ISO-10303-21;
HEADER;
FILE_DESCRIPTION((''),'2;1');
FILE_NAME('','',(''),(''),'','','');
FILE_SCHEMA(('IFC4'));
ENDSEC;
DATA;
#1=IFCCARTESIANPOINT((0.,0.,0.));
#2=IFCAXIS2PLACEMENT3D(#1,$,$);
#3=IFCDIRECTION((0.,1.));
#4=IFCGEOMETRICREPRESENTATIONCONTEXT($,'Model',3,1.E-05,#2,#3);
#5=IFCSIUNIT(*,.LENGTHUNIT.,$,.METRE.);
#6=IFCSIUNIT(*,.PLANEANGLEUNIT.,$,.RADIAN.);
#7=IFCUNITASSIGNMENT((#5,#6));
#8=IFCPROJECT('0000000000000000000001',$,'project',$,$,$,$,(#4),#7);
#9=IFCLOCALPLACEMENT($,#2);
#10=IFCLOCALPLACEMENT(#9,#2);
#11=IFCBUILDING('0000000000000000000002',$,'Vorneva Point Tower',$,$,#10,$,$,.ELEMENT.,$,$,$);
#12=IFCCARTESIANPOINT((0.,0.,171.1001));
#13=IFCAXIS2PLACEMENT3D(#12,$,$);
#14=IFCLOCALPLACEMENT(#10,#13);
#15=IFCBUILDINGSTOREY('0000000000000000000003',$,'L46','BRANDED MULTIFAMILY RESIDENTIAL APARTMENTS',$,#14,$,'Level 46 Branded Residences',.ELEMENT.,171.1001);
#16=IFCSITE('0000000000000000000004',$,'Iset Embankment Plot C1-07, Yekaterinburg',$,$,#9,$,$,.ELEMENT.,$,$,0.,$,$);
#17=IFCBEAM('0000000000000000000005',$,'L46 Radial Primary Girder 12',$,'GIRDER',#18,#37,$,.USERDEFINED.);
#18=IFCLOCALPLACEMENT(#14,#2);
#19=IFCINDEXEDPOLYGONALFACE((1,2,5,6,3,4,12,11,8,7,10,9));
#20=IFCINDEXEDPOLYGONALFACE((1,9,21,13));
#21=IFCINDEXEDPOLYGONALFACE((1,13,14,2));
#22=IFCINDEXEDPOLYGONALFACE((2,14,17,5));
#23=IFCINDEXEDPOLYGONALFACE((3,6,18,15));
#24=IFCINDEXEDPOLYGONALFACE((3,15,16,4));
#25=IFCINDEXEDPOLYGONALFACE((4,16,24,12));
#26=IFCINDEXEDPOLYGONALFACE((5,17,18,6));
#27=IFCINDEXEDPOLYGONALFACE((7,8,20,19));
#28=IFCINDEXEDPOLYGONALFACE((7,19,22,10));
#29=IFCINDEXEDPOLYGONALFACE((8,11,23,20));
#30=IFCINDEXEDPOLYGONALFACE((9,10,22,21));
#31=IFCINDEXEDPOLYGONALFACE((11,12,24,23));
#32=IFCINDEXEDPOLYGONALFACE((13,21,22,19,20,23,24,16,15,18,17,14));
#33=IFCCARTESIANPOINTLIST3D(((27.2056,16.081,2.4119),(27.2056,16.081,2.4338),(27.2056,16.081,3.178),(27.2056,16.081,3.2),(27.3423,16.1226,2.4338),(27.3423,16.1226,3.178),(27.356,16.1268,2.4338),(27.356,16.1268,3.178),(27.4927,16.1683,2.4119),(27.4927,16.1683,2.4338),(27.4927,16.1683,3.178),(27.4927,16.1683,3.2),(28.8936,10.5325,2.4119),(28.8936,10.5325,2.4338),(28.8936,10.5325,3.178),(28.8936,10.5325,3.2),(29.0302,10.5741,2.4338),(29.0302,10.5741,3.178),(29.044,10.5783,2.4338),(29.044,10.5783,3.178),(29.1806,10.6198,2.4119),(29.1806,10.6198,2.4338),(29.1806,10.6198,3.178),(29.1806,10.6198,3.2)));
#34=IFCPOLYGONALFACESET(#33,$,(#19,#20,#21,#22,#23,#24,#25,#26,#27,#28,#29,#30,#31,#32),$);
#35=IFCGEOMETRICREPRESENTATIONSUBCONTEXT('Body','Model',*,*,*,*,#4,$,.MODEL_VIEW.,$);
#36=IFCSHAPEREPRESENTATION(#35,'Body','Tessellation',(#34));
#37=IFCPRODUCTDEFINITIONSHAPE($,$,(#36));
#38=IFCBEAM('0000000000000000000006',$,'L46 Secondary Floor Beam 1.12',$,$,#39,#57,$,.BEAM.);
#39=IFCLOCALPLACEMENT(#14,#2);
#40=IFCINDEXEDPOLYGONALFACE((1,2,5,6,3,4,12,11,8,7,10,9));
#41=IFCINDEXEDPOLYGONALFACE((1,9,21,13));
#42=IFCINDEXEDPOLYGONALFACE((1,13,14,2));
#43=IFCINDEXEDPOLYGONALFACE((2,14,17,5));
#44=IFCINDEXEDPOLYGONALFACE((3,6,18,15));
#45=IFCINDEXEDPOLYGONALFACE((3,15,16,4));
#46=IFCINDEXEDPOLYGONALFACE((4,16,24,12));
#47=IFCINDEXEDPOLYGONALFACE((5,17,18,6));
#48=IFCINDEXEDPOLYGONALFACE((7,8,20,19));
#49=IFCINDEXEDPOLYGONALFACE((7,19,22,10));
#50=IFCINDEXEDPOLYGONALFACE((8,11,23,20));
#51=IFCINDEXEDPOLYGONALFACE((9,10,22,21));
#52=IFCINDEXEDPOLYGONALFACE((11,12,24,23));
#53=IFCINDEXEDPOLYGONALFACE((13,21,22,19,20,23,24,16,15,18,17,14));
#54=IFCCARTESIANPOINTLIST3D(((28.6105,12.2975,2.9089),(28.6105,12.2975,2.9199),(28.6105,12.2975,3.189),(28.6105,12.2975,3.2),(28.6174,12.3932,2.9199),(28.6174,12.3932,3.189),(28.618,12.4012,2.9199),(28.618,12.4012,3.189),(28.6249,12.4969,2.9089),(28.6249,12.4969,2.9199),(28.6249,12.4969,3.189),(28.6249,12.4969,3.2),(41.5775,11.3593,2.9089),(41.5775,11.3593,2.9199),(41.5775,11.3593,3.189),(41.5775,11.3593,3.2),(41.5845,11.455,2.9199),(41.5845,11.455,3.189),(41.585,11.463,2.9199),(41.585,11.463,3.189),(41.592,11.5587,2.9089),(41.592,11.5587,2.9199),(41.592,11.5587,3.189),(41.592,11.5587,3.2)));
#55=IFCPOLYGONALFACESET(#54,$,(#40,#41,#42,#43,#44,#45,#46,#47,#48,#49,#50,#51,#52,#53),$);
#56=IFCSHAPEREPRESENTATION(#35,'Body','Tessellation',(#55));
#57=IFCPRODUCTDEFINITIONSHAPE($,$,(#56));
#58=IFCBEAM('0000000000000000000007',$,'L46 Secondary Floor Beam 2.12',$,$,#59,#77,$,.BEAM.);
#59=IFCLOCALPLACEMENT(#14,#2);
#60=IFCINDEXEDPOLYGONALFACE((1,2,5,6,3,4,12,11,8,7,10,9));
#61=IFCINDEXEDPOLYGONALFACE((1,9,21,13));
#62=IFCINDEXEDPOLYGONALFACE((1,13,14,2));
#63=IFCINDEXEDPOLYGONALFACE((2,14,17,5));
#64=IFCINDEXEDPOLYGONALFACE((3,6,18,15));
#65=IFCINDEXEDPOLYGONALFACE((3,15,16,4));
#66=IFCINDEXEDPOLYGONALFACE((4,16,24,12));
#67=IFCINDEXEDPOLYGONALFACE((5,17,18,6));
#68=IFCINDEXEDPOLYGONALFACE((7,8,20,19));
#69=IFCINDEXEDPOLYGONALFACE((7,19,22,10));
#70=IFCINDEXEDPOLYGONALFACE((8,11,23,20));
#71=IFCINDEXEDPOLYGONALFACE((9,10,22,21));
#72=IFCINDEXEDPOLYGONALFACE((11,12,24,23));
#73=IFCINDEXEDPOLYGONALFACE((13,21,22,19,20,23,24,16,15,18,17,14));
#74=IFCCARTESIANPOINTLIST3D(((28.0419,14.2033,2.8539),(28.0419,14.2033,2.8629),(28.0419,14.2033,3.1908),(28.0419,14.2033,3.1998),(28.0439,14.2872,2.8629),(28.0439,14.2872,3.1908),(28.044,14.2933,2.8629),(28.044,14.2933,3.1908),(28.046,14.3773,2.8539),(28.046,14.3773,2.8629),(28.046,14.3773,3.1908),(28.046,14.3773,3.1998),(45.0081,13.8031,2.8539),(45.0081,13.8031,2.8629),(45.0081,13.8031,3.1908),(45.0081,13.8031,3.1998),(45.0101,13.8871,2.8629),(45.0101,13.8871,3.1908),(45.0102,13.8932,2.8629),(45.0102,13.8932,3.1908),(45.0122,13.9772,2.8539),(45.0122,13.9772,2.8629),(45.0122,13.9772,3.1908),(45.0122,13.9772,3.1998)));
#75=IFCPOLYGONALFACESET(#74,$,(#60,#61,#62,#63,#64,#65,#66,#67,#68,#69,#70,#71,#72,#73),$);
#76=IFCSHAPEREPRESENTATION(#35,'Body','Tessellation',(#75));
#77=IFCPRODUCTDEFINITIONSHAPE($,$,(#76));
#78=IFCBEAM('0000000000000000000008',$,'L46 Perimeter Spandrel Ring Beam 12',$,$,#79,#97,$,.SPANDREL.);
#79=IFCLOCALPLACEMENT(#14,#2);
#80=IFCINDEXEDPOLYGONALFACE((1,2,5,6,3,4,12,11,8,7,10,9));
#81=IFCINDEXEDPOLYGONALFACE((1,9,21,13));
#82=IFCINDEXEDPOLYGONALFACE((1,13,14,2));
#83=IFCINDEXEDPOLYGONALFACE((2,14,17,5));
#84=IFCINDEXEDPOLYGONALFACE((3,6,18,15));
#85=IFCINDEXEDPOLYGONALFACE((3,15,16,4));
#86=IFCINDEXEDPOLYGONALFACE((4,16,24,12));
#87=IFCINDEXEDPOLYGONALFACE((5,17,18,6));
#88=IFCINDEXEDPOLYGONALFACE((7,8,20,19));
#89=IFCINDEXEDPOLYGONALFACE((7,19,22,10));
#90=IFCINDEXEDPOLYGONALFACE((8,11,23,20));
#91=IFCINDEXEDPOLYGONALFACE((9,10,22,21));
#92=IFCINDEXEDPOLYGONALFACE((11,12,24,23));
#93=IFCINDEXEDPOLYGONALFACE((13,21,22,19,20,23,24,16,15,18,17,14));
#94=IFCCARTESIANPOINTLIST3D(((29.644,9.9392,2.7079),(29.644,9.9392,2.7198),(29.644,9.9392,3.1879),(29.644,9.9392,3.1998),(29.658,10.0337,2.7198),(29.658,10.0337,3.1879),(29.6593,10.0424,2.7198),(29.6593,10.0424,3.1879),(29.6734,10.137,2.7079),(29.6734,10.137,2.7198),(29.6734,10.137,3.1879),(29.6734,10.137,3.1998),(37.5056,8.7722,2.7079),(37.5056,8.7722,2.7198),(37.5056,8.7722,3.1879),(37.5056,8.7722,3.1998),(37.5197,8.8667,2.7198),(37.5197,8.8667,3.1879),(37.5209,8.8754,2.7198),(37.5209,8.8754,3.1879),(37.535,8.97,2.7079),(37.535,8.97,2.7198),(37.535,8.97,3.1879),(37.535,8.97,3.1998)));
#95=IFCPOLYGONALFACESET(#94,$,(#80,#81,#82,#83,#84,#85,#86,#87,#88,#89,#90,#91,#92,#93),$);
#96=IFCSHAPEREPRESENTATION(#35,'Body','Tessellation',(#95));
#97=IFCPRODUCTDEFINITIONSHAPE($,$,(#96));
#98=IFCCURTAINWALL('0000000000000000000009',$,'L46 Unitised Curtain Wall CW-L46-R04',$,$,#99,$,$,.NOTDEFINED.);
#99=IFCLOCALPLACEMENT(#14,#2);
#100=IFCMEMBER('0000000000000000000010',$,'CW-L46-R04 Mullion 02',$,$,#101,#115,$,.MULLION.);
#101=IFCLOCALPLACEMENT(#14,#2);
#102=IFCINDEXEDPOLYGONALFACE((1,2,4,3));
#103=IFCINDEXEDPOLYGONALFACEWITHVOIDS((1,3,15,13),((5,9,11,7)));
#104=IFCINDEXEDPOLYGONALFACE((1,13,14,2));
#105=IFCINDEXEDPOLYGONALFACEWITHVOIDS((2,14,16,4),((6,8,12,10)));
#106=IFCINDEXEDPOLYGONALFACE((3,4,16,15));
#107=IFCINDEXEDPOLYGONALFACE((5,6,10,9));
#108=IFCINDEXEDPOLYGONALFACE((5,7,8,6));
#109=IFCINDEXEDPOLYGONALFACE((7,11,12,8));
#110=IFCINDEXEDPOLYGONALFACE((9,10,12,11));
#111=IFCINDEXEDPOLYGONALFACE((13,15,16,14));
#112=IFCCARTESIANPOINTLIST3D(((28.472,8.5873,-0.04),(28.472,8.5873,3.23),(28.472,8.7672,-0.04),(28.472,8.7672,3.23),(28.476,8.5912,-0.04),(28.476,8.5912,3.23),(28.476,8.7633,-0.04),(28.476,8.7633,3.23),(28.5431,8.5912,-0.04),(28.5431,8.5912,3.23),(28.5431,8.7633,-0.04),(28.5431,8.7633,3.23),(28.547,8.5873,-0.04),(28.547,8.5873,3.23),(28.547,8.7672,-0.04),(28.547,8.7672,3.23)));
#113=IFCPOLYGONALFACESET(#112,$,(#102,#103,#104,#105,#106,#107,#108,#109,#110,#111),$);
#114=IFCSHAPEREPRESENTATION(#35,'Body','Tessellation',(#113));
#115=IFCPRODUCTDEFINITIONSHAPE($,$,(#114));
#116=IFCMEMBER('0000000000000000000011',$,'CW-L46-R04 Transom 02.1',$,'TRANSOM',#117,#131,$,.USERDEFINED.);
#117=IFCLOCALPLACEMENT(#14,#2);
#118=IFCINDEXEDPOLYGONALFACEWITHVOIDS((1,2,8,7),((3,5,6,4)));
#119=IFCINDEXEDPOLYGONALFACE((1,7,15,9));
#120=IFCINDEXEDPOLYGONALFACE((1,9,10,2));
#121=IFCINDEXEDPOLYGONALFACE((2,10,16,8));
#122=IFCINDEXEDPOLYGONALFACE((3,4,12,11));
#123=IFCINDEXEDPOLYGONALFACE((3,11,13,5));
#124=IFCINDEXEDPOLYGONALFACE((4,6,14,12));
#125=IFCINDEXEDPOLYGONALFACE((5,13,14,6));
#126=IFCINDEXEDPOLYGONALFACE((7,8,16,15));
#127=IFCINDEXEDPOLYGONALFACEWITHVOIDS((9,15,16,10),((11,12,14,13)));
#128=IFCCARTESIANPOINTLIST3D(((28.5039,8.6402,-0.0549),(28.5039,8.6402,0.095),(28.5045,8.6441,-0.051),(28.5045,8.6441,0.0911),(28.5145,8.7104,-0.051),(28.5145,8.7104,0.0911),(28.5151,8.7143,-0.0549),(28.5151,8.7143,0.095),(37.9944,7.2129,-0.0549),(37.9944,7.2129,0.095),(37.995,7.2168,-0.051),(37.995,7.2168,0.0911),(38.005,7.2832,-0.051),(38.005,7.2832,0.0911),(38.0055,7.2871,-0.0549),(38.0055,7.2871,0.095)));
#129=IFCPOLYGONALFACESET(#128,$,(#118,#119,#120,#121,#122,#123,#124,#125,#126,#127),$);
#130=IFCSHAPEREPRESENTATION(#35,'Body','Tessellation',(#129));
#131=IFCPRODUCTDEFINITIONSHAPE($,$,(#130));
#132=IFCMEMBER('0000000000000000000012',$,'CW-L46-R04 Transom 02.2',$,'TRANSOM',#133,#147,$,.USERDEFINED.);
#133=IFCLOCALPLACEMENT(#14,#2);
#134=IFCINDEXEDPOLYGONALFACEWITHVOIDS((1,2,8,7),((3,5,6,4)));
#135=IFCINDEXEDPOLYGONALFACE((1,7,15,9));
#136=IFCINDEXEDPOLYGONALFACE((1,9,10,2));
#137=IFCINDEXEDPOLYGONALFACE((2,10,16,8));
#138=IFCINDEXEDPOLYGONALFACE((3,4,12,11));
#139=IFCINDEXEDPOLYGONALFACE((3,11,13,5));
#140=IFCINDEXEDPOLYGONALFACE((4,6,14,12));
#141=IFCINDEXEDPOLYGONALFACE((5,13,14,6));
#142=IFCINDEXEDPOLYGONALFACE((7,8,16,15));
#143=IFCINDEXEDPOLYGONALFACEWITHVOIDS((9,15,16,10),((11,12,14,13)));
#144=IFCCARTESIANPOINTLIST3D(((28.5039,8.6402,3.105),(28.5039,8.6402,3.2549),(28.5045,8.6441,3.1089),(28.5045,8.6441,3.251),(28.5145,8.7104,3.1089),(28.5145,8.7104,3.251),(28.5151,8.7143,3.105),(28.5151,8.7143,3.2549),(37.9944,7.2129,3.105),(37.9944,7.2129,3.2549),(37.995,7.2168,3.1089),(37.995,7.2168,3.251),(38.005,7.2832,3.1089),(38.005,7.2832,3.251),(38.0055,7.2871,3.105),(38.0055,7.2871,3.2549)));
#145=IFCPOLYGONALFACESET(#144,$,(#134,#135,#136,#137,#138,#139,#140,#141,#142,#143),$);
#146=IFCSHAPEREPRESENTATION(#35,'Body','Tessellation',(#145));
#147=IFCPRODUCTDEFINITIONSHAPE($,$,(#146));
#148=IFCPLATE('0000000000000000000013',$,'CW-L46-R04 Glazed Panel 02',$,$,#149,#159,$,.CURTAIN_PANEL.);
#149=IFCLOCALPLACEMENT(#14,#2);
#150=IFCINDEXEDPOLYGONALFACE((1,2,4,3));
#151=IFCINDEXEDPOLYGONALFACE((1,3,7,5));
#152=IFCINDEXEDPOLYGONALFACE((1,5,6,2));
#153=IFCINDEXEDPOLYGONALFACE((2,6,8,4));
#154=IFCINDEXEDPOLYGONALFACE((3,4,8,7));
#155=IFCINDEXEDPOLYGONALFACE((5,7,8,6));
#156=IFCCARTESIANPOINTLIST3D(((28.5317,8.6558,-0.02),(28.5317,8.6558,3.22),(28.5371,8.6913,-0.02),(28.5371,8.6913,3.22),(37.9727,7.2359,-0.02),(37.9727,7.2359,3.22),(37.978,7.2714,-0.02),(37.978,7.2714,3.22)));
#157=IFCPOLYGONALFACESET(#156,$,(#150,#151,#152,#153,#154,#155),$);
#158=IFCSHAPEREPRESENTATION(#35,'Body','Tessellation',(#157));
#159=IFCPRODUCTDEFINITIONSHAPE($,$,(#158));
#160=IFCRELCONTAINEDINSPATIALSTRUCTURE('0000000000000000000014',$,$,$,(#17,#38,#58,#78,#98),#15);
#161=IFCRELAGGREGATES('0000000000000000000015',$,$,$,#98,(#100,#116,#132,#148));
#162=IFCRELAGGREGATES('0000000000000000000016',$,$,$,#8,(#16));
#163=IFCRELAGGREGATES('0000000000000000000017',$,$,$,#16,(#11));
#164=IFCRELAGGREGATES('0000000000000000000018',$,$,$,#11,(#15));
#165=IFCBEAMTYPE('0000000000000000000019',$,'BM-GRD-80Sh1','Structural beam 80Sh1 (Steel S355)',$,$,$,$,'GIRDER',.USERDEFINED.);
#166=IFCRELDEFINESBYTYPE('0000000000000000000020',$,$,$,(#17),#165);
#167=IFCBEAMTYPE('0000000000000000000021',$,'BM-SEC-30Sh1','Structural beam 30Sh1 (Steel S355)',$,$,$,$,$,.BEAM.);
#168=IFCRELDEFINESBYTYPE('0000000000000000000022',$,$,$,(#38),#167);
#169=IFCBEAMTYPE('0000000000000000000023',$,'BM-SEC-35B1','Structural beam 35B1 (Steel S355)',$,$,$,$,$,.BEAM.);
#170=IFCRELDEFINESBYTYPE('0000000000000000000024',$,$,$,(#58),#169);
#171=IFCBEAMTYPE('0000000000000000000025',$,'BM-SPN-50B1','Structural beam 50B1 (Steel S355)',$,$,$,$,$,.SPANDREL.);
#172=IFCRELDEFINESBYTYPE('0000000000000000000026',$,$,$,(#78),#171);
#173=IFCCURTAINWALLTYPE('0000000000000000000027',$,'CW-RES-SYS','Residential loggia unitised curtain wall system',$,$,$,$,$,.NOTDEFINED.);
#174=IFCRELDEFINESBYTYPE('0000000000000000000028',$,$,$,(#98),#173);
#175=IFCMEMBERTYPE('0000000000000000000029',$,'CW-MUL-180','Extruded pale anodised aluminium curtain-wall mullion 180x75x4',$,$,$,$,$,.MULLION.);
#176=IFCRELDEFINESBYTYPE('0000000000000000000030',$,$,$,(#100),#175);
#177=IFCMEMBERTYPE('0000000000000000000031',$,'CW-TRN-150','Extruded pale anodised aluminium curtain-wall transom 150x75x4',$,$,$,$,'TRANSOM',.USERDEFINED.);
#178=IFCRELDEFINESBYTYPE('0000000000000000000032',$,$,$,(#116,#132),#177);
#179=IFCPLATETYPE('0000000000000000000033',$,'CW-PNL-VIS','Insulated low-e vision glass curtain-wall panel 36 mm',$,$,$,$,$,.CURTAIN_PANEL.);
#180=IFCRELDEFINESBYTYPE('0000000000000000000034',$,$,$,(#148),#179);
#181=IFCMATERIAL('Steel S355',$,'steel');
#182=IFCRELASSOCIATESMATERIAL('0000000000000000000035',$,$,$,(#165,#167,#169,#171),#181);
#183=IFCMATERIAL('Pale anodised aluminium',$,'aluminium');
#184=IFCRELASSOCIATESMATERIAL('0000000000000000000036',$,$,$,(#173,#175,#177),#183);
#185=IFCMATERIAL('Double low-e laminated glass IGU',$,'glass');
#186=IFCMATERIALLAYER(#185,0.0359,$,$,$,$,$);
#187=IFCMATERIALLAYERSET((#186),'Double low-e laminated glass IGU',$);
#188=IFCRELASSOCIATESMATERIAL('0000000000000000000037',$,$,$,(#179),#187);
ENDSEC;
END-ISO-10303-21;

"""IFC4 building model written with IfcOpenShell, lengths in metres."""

from ifc_helpers import new_model, si_unit, direction, frame, origin, origin_2d, place, context, subcontext, project, spatial, rectangle, hollow_rectangle, i_section, extrude, material, layer, layer_set, material_profile, profile_set, type_object, element, aggregate, save


model = new_model("IFC4")

# Units and contexts
model_context = context("Model", 3, precision=1e-05, world=origin(), true_north=direction((0.0, 1.0)))
body_context = subcontext(model_context, "Body", "Model", "MODEL_VIEW")
ifc_project = project(units=[si_unit("LENGTHUNIT", "METRE"), si_unit("PLANEANGLEUNIT", "RADIAN")], contexts=[model_context])

# Site, building, storey
site_placement = place(None, origin())
site = spatial("IfcSite", under=ifc_project, at=site_placement, Name="Iset Embankment Plot C1-07, Yekaterinburg", CompositionType="ELEMENT", RefElevation=0.0)
building_placement = place(site_placement, origin())
building = spatial("IfcBuilding", under=site, at=building_placement, Name="Vorneva Point Tower", CompositionType="ELEMENT")
storey_placement = place(building_placement, frame((0.0, 0.0, 171.1001)))
storey = spatial("IfcBuildingStorey", under=building, at=storey_placement, Name="L46", Description="BRANDED MULTIFAMILY RESIDENTIAL APARTMENTS", LongName="Level 46 Branded Residences", CompositionType="ELEMENT", Elevation=171.1001)

# Beams
ifc_material_1 = material(Name="Steel S355", Category="steel")
ifc_material_profile_1 = material_profile(ifc_material_1, i_section(OverallWidth=0.3, OverallDepth=0.7881, WebThickness=0.0144, FlangeThickness=0.022, at=origin_2d()), Name="80Sh1")
ifc_profile_set_1 = profile_set([ifc_material_profile_1], Name="Steel S355")
beam_type_1 = type_object("IfcBeamType", Name="BM-GRD-80Sh1", Description="Structural beam 80Sh1 (Steel S355)", ElementType="GIRDER", PredefinedType="USERDEFINED", material=ifc_profile_set_1)
beam_1_placement = place(storey_placement, frame((29.0371, 10.5762, 2.8059), z_axis=(-0.291049, 0.956708, 0.0), x_axis=(-0.956708, -0.291049, 0.0)))
element("IfcBeam", 1, at=beam_1_placement, inside=storey, type_object=beam_type_1, Name="L46 Radial Primary Girder 12", ObjectType="GIRDER", PredefinedType="USERDEFINED", context=body_context, shape_type="SweptSolid", body=[
    extrude(i_section(OverallWidth=0.3, OverallDepth=0.7881, WebThickness=0.0144, FlangeThickness=0.022, at=origin_2d()), origin(), (0.0, 0.0, 1.0), 5.7996),
])
ifc_material_profile_2 = material_profile(ifc_material_1, i_section(OverallWidth=0.2, OverallDepth=0.291, WebThickness=0.0081, FlangeThickness=0.011, at=origin_2d()), Name="30Sh1")
ifc_profile_set_2 = profile_set([ifc_material_profile_2], Name="Steel S355")
beam_type_2 = type_object("IfcBeamType", Name="BM-SEC-30Sh1", Description="Structural beam 30Sh1 (Steel S355)", PredefinedType="BEAM", material=ifc_profile_set_2)
beam_2_placement = place(storey_placement, frame((28.6177, 12.3972, 3.0544), z_axis=(0.997393, -0.072167, 0.0), x_axis=(0.072167, 0.997393, 0.0)))
element("IfcBeam", 2, at=beam_2_placement, inside=storey, type_object=beam_type_2, Name="L46 Secondary Floor Beam 1.12", PredefinedType="BEAM", context=body_context, shape_type="SweptSolid", body=[
    extrude(i_section(OverallWidth=0.2, OverallDepth=0.291, WebThickness=0.0081, FlangeThickness=0.011, at=origin_2d()), origin(), (0.0, 0.0, 1.0), 13.001),
])
ifc_material_profile_3 = material_profile(ifc_material_1, i_section(OverallWidth=0.1741, OverallDepth=0.3459, WebThickness=0.0061, FlangeThickness=0.009, at=origin_2d()), Name="35B1")
ifc_profile_set_3 = profile_set([ifc_material_profile_3], Name="Steel S355")
beam_type_3 = type_object("IfcBeamType", Name="BM-SEC-35B1", Description="Structural beam 35B1 (Steel S355)", PredefinedType="BEAM", material=ifc_profile_set_3)
beam_3_placement = place(storey_placement, frame((28.0439, 14.2903, 3.0269), z_axis=(0.999722, -0.023578, 0.0), x_axis=(0.023578, 0.999722, 0.0)))
element("IfcBeam", 3, at=beam_3_placement, inside=storey, type_object=beam_type_3, Name="L46 Secondary Floor Beam 2.12", PredefinedType="BEAM", context=body_context, shape_type="SweptSolid", body=[
    extrude(i_section(OverallWidth=0.1741, OverallDepth=0.3459, WebThickness=0.0061, FlangeThickness=0.009, at=origin_2d()), origin(), (0.0, 0.0, 1.0), 16.9709),
])
ifc_material_profile_4 = material_profile(ifc_material_1, i_section(OverallWidth=0.2, OverallDepth=0.4919, WebThickness=0.0088, FlangeThickness=0.012, at=origin_2d()), Name="50B1")
ifc_profile_set_4 = profile_set([ifc_material_profile_4], Name="Steel S355")
beam_type_4 = type_object("IfcBeamType", Name="BM-SPN-50B1", Description="Structural beam 50B1 (Steel S355)", PredefinedType="SPANDREL", material=ifc_profile_set_4)
beam_4_placement = place(storey_placement, frame((29.6587, 10.0381, 2.9539), z_axis=(0.989161, -0.146834, 0.0), x_axis=(0.146834, 0.989161, 0.0)))
element("IfcBeam", 4, at=beam_4_placement, inside=storey, type_object=beam_type_4, Name="L46 Perimeter Spandrel Ring Beam 12", PredefinedType="SPANDREL", context=body_context, shape_type="SweptSolid", body=[
    extrude(i_section(OverallWidth=0.2, OverallDepth=0.4919, WebThickness=0.0088, FlangeThickness=0.012, at=origin_2d()), origin(), (0.0, 0.0, 1.0), 7.9478),
])

# Curtain wall, members, plate
ifc_material_2 = material(Name="Pale anodised aluminium", Category="aluminium")
curtain_wall_type = type_object("IfcCurtainWallType", Name="CW-RES-SYS", Description="Residential loggia unitised curtain wall system", PredefinedType="NOTDEFINED", material=ifc_material_2)
curtain_wall_placement = place(storey_placement, origin())
curtain_wall = element("IfcCurtainWall", 5, at=curtain_wall_placement, inside=storey, type_object=curtain_wall_type, Name="L46 Unitised Curtain Wall CW-L46-R04", PredefinedType="NOTDEFINED")
ifc_material_profile_5 = material_profile(ifc_material_2, hollow_rectangle(XDim=0.075, YDim=0.1799, WallThickness=0.0039, at=origin_2d()), Name="AL-MUL 180x75x4")
ifc_profile_set_5 = profile_set([ifc_material_profile_5], Name="Pale anodised aluminium")
member_type_1 = type_object("IfcMemberType", Name="CW-MUL-180", Description="Extruded pale anodised aluminium curtain-wall mullion 180x75x4", PredefinedType="MULLION", material=ifc_profile_set_5)
member_1_placement = place(storey_placement, frame((28.5095, 8.6772, -0.04), z_axis=(0.0, 0.0, 1.0), x_axis=(1.0, 0.0, 0.0)))
member_1 = element("IfcMember", 6, at=member_1_placement, type_object=member_type_1, Name="CW-L46-R04 Mullion 02", PredefinedType="MULLION", context=body_context, shape_type="SweptSolid", body=[
    extrude(hollow_rectangle(XDim=0.075, YDim=0.1799, WallThickness=0.0039, at=origin_2d()), origin(), (0.0, 0.0, 1.0), 3.27),
])
ifc_material_profile_6 = material_profile(ifc_material_2, hollow_rectangle(XDim=0.075, YDim=0.1499, WallThickness=0.0039, at=origin_2d()), Name="AL-TRN 150x75x4")
ifc_profile_set_6 = profile_set([ifc_material_profile_6], Name="Pale anodised aluminium")
member_type_2 = type_object("IfcMemberType", Name="CW-TRN-150", Description="Extruded pale anodised aluminium curtain-wall transom 150x75x4", ElementType="TRANSOM", PredefinedType="USERDEFINED", material=ifc_profile_set_6)
member_2_placement = place(storey_placement, frame((28.5095, 8.6772, 0.02), z_axis=(0.98888, -0.148715, 0.0), x_axis=(0.148715, 0.98888, 0.0)))
member_2 = element("IfcMember", 7, at=member_2_placement, type_object=member_type_2, Name="CW-L46-R04 Transom 02.1", ObjectType="TRANSOM", PredefinedType="USERDEFINED", context=body_context, shape_type="SweptSolid", body=[
    extrude(hollow_rectangle(XDim=0.075, YDim=0.1499, WallThickness=0.0039, at=origin_2d()), origin(), (0.0, 0.0, 1.0), 9.5972),
])
member_3_placement = place(storey_placement, frame((28.5095, 8.6772, 3.1799), z_axis=(0.98888, -0.148715, 0.0), x_axis=(0.148715, 0.98888, 0.0)))
member_3 = element("IfcMember", 8, at=member_3_placement, type_object=member_type_2, Name="CW-L46-R04 Transom 02.2", ObjectType="TRANSOM", PredefinedType="USERDEFINED", context=body_context, shape_type="SweptSolid", body=[
    extrude(hollow_rectangle(XDim=0.075, YDim=0.1499, WallThickness=0.0039, at=origin_2d()), origin(), (0.0, 0.0, 1.0), 9.5972),
])
ifc_material_3 = material(Name="Double low-e laminated glass IGU", Category="glass")
ifc_layer_1 = layer(ifc_material_3, 0.0359)
ifc_layer_set_1 = layer_set([ifc_layer_1], Name="Double low-e laminated glass IGU")
plate_type = type_object("IfcPlateType", Name="CW-PNL-VIS", Description="Insulated low-e vision glass curtain-wall panel 36 mm", PredefinedType="CURTAIN_PANEL", material=ifc_layer_set_1)
plate_placement = place(storey_placement, frame((33.2549, 7.9636, -0.02), z_axis=(0.0, 0.0, 1.0), x_axis=(0.988879, -0.148724, 0.0)))
plate = element("IfcPlate", 9, at=plate_placement, type_object=plate_type, Name="CW-L46-R04 Glazed Panel 02", PredefinedType="CURTAIN_PANEL", context=body_context, shape_type="SweptSolid", body=[
    extrude(rectangle(XDim=9.5471, YDim=0.0359, at=origin_2d()), origin(), (0.0, 0.0, 1.0), 3.24),
])
aggregate(curtain_wall, [member_1, member_2, member_3, plate])

save(model, "model.ifc")
